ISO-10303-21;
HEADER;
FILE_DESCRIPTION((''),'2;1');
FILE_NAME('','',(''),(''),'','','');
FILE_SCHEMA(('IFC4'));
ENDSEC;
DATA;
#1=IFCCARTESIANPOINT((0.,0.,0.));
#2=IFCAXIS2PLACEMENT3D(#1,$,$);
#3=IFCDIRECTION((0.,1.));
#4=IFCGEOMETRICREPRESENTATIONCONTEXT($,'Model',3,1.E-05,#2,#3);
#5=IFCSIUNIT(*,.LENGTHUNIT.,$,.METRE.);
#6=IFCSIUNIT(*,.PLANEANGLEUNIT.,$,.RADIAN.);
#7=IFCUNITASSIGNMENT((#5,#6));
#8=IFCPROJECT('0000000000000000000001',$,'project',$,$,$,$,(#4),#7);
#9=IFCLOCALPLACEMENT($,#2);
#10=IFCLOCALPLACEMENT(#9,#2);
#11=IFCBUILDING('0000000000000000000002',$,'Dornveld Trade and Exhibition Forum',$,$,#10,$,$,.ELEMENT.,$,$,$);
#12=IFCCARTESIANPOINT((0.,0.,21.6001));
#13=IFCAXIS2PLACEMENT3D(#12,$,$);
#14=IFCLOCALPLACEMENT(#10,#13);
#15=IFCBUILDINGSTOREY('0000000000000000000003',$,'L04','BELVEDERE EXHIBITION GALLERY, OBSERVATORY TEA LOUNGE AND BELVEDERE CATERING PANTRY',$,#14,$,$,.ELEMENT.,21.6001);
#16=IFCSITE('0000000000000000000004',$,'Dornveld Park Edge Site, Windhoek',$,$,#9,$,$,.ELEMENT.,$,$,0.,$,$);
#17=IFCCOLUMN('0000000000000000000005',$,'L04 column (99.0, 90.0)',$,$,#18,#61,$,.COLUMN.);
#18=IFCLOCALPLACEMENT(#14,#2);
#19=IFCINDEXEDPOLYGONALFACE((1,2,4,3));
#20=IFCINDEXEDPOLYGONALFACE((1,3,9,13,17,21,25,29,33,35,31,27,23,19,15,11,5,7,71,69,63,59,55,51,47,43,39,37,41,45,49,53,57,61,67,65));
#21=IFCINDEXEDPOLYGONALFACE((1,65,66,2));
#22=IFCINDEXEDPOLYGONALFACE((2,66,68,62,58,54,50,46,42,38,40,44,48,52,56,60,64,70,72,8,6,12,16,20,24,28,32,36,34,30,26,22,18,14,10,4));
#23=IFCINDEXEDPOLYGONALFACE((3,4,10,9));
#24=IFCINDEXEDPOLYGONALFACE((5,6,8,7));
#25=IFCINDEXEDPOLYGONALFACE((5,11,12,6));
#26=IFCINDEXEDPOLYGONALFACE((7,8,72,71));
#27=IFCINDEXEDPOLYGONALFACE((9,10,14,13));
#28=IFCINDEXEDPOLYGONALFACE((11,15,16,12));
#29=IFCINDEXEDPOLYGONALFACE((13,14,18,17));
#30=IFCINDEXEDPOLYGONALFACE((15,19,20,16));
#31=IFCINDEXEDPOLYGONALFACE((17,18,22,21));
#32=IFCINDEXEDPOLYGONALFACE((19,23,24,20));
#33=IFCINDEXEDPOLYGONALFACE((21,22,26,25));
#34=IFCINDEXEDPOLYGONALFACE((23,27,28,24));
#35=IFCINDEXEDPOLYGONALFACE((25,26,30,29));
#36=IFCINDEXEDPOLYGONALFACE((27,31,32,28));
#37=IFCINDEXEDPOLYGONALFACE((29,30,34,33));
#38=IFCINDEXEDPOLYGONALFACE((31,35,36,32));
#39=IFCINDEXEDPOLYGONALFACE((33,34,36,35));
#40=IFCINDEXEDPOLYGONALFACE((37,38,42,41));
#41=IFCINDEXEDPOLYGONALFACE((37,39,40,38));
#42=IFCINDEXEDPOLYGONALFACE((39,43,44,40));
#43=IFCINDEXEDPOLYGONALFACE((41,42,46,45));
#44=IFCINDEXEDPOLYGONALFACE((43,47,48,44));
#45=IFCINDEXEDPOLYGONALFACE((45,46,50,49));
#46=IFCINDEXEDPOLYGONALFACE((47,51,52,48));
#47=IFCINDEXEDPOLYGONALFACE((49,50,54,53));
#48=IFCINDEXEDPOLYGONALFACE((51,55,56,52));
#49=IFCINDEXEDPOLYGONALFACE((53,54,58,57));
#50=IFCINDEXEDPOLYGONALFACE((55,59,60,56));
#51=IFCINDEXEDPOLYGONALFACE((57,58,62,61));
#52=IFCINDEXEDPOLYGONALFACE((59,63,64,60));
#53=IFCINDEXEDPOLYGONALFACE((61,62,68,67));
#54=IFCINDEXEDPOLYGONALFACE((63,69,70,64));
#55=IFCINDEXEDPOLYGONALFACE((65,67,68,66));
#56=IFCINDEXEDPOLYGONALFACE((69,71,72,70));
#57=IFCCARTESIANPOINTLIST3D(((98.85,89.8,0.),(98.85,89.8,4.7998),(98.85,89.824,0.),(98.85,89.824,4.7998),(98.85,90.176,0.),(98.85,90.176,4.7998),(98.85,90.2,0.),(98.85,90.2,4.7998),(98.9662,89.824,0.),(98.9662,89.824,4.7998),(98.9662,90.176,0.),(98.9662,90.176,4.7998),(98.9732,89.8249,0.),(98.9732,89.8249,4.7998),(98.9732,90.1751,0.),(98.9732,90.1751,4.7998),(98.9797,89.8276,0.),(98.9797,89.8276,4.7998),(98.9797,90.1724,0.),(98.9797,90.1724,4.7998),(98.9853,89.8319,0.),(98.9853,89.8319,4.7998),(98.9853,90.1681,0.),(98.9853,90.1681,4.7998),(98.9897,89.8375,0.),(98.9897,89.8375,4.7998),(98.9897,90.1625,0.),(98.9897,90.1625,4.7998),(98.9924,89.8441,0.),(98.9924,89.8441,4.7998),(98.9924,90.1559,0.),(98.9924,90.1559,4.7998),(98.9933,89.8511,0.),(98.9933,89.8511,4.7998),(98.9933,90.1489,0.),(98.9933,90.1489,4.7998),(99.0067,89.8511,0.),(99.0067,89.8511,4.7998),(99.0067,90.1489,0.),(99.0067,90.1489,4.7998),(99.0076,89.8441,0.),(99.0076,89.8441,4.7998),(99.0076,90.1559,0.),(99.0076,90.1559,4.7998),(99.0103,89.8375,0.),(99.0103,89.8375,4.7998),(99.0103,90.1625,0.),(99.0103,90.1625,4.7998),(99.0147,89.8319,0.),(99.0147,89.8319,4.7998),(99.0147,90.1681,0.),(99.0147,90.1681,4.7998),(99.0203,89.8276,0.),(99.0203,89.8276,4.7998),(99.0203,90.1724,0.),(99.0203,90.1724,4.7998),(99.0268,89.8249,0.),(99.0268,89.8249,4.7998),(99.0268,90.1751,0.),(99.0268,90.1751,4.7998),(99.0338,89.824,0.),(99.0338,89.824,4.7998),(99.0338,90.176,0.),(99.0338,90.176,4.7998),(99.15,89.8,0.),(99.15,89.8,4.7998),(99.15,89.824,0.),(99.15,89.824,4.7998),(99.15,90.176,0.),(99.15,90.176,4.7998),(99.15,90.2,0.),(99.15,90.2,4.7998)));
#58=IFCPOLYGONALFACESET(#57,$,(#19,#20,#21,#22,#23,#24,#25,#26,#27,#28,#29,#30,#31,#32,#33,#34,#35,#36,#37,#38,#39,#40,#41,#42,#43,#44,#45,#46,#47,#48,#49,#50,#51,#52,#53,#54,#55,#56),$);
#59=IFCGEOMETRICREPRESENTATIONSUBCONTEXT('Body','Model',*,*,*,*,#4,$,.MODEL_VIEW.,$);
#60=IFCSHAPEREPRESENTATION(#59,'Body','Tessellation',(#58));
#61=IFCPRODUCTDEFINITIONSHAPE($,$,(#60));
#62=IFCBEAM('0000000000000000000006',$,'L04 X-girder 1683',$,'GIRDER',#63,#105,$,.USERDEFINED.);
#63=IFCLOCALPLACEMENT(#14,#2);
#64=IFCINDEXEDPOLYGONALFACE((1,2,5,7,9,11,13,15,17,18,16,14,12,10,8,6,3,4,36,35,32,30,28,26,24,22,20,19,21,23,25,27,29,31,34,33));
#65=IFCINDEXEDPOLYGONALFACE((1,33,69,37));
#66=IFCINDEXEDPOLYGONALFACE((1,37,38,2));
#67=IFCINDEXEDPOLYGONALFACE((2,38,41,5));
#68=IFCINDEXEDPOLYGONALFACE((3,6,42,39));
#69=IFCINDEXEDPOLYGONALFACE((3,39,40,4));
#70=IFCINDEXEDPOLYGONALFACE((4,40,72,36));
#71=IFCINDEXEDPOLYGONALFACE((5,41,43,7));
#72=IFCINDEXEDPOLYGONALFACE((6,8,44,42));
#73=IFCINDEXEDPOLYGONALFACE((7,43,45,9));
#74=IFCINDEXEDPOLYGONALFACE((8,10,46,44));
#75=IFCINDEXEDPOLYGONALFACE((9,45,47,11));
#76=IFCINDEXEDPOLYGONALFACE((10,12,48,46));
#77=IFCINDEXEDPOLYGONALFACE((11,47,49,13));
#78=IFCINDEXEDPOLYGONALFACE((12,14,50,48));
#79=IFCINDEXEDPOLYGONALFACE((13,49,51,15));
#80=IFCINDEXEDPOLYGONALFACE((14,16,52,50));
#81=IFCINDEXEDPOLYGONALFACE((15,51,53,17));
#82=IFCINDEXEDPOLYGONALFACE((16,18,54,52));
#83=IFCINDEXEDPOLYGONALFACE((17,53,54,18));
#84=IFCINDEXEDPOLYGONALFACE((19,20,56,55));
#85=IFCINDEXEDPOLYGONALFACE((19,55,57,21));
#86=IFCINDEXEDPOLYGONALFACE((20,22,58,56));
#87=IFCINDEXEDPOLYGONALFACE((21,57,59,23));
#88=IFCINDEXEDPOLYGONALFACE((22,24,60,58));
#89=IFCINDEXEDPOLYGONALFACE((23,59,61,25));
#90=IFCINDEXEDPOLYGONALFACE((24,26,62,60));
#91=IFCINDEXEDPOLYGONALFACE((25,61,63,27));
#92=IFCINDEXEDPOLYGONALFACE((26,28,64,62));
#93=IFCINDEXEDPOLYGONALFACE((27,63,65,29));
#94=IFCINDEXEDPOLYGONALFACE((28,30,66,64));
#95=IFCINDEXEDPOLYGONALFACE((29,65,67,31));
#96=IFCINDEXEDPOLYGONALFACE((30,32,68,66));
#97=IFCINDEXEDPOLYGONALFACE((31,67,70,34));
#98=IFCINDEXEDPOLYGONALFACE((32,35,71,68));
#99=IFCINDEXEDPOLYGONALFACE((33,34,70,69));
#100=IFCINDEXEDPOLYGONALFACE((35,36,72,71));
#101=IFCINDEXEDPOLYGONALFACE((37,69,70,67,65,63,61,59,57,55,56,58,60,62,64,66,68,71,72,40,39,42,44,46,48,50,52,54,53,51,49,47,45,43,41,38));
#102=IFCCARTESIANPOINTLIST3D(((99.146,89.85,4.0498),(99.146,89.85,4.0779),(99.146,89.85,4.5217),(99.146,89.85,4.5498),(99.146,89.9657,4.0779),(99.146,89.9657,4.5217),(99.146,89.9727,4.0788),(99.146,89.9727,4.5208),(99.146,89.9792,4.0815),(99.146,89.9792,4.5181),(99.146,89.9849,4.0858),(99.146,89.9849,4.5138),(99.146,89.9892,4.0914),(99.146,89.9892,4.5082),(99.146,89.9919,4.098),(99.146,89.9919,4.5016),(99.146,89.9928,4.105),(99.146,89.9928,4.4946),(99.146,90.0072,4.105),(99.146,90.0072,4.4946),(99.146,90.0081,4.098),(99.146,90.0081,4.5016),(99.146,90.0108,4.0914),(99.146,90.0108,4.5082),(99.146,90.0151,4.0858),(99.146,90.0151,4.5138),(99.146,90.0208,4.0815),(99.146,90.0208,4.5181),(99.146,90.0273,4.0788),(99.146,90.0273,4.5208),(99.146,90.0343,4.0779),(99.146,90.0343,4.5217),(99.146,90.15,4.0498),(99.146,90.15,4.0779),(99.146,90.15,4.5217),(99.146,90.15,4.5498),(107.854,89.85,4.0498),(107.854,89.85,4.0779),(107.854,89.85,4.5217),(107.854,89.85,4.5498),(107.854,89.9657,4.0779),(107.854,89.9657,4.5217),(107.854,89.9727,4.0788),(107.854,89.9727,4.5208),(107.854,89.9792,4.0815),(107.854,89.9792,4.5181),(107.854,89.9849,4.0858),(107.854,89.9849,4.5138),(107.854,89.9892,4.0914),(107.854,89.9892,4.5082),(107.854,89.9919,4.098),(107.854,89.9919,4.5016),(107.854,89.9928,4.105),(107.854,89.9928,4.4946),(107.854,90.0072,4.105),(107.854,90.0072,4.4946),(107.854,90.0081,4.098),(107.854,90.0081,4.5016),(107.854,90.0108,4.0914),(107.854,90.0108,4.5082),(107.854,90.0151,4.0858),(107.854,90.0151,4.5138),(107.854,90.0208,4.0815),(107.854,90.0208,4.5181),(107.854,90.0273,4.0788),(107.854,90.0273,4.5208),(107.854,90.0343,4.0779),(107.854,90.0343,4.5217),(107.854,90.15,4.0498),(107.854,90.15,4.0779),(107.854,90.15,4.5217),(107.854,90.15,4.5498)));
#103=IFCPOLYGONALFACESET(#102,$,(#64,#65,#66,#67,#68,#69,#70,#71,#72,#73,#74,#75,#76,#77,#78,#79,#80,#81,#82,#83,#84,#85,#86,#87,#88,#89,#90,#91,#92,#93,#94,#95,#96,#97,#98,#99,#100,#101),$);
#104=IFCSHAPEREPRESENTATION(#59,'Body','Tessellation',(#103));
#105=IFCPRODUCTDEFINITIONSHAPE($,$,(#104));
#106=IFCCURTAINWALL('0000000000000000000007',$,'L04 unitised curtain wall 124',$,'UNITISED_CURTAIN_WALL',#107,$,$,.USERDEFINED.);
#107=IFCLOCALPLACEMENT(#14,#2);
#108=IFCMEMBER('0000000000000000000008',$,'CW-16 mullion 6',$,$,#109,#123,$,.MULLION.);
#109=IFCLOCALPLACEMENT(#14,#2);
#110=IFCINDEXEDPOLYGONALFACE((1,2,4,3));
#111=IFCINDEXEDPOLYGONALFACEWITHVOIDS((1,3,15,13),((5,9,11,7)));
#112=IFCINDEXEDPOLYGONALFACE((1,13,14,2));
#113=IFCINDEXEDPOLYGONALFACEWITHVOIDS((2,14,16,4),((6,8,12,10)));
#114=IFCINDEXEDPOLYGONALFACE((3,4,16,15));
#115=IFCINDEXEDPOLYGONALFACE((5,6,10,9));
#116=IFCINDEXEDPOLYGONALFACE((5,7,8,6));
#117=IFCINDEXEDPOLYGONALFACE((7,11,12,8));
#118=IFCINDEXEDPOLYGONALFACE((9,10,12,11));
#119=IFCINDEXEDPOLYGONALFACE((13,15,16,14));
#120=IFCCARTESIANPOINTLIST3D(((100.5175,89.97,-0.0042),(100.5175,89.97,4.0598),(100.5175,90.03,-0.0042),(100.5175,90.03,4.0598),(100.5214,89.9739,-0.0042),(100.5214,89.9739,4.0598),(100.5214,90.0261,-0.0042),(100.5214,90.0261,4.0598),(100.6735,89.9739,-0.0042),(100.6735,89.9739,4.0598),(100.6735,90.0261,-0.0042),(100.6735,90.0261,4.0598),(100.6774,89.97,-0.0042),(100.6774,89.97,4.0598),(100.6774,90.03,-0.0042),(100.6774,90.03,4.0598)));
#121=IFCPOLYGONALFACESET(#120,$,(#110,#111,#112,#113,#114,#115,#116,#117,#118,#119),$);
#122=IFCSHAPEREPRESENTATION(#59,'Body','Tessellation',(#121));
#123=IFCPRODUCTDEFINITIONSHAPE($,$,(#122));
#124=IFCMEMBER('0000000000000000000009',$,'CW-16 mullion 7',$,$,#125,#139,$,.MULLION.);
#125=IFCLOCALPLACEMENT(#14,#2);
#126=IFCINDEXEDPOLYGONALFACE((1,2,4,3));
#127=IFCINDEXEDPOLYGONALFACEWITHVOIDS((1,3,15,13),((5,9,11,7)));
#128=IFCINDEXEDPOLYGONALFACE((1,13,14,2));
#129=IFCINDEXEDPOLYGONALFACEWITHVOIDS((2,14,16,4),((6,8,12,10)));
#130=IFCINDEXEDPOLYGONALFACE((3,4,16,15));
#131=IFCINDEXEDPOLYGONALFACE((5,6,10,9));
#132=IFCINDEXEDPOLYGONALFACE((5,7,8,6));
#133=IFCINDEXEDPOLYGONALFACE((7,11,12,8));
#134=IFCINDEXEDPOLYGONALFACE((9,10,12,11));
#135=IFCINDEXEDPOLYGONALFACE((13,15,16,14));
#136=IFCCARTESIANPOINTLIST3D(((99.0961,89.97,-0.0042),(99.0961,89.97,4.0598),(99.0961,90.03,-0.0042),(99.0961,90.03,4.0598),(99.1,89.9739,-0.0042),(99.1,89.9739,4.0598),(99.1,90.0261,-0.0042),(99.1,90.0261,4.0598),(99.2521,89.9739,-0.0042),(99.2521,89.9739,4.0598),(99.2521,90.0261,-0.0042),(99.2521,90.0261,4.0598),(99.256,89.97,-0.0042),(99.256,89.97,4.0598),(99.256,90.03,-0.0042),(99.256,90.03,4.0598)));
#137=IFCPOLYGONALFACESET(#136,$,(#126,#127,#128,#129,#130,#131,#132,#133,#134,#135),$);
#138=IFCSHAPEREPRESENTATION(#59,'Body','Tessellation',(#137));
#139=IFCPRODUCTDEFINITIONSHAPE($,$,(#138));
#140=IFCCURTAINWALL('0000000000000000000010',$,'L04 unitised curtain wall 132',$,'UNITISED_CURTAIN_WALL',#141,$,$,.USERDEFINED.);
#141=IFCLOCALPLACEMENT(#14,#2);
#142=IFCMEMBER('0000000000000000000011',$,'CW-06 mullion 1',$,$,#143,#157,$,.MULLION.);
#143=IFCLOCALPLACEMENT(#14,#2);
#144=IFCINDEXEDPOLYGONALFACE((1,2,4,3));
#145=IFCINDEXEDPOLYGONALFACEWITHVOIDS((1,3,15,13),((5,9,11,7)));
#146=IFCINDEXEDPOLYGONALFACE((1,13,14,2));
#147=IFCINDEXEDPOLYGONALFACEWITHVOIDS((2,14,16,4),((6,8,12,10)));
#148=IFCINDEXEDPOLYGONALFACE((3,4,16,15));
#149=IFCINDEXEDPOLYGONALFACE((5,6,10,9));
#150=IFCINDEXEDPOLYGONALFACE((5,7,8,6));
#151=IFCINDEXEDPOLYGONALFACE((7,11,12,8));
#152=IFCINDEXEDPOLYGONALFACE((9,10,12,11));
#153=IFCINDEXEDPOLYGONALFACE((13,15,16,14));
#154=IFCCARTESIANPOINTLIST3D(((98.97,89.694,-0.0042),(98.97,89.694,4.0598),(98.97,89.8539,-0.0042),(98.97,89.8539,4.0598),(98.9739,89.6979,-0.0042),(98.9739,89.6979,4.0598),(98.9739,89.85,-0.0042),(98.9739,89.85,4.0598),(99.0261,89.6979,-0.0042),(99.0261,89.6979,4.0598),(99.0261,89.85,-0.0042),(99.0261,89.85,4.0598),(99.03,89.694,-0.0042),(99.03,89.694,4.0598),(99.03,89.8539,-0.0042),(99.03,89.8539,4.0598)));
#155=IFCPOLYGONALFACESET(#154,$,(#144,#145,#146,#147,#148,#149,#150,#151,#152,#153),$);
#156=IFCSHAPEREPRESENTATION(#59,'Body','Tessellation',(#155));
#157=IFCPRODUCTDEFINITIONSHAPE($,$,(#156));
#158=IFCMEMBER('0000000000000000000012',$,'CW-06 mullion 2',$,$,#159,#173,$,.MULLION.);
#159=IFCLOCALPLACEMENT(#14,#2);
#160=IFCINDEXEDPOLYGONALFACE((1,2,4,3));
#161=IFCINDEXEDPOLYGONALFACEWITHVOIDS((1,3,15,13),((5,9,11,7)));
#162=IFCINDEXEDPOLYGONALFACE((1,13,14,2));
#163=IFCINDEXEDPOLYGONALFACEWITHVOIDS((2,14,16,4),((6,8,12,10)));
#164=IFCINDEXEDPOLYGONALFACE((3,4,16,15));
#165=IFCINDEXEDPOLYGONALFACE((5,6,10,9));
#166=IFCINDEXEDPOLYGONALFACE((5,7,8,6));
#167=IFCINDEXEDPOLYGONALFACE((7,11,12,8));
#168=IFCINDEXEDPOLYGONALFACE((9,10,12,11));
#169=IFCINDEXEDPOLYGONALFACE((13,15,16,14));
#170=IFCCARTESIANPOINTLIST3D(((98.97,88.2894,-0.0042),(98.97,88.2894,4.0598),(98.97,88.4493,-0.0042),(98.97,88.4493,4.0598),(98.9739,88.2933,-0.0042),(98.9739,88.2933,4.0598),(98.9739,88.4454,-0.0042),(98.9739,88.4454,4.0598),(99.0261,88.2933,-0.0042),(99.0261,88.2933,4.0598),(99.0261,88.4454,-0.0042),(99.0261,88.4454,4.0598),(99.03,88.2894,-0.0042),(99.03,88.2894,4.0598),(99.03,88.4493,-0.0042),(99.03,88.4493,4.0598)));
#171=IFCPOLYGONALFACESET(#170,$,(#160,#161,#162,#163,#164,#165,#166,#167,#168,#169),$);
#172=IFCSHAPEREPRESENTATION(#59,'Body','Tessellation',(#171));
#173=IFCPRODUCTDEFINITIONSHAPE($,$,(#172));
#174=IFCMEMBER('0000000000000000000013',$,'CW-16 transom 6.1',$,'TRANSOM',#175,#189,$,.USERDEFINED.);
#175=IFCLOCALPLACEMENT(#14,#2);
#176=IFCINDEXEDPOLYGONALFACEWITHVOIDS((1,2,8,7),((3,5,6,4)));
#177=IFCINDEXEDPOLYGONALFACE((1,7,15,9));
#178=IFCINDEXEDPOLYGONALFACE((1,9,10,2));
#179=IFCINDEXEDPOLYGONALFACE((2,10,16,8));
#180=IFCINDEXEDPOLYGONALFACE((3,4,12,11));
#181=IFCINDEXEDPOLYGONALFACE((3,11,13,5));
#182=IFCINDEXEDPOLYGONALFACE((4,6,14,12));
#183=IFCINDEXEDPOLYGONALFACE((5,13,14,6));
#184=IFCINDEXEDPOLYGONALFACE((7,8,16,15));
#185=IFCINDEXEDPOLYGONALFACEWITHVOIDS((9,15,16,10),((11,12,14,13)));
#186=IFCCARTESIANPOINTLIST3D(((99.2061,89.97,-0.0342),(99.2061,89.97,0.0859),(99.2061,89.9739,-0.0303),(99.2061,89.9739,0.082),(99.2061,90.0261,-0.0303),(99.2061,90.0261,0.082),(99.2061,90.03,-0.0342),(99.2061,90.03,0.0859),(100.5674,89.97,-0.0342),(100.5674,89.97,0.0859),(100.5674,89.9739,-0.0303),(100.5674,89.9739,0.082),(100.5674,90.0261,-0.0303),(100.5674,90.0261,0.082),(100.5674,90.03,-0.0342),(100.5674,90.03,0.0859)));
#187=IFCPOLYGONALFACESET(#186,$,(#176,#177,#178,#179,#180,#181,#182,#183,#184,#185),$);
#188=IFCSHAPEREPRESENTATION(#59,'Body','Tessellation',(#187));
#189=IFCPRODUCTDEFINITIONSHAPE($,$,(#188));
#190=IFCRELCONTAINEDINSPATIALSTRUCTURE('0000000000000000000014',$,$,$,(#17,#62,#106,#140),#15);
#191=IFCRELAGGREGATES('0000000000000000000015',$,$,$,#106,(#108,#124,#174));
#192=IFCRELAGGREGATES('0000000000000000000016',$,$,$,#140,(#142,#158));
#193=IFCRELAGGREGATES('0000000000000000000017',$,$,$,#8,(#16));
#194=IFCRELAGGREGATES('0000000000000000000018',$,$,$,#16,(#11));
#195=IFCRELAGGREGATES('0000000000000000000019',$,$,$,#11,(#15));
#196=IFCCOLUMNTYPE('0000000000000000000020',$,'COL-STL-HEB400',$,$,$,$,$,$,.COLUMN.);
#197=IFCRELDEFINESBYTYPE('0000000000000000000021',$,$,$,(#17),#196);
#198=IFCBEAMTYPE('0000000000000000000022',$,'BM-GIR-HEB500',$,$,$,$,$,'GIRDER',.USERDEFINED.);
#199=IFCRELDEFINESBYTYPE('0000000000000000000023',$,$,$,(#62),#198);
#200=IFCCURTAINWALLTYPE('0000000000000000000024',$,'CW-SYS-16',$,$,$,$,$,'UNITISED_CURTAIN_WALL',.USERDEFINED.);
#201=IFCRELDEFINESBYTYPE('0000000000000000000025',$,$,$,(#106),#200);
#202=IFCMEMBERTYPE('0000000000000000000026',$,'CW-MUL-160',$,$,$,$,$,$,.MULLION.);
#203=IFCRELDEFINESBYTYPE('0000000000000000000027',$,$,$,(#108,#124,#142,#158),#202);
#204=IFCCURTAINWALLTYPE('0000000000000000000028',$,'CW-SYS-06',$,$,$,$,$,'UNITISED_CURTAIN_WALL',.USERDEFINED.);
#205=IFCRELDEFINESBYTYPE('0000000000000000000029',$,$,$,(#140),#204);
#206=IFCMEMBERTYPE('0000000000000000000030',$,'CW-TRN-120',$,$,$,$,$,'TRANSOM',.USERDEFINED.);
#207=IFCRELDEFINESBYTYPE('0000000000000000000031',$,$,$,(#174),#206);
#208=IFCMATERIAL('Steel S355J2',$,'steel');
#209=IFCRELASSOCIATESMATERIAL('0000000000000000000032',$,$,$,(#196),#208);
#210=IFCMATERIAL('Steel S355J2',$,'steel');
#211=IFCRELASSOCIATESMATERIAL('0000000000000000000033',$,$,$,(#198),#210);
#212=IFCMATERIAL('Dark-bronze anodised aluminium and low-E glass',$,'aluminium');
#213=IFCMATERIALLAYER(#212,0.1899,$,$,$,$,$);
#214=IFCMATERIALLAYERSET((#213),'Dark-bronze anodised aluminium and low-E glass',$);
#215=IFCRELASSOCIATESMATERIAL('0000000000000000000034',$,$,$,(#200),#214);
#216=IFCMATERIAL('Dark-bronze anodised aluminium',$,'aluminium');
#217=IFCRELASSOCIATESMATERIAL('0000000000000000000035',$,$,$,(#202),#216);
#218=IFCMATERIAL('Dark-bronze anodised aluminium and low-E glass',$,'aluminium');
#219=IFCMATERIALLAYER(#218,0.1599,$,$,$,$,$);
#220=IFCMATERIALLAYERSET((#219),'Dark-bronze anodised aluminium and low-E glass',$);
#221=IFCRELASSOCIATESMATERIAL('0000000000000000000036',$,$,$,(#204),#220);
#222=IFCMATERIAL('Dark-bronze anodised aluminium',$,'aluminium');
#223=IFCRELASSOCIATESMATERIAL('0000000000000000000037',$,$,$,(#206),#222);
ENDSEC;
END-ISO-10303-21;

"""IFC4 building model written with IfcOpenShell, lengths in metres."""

from ifc_helpers import new_model, si_unit, direction, frame, origin, origin_2d, place, context, subcontext, project, spatial, hollow_rectangle, i_section, extrude, material, layer, layer_set, material_profile, profile_set, type_object, element, aggregate, save


model = new_model("IFC4")

# Units and contexts
model_context = context("Model", 3, precision=1e-05, world=origin(), true_north=direction((0.0, 1.0)))
body_context = subcontext(model_context, "Body", "Model", "MODEL_VIEW")
ifc_project = project(units=[si_unit("LENGTHUNIT", "METRE"), si_unit("PLANEANGLEUNIT", "RADIAN")], contexts=[model_context])

# Site, building, storey
site_placement = place(None, origin())
site = spatial("IfcSite", under=ifc_project, at=site_placement, Name="Dornveld Park Edge Site, Windhoek", CompositionType="ELEMENT", RefElevation=0.0)
building_placement = place(site_placement, origin())
building = spatial("IfcBuilding", under=site, at=building_placement, Name="Dornveld Trade and Exhibition Forum", CompositionType="ELEMENT")
storey_placement = place(building_placement, frame((0.0, 0.0, 21.6001)))
storey = spatial("IfcBuildingStorey", under=building, at=storey_placement, Name="L04", Description="BELVEDERE EXHIBITION GALLERY, OBSERVATORY TEA LOUNGE AND BELVEDERE CATERING PANTRY", CompositionType="ELEMENT", Elevation=21.6001)

# Column
ifc_material_1 = material(Name="Steel S355J2", Category="steel")
ifc_material_profile_1 = material_profile(ifc_material_1, i_section(OverallWidth=0.3, OverallDepth=0.3999, WebThickness=0.0134, FlangeThickness=0.0239, FilletRadius=0.0271, at=origin_2d()), Name="HEB 400")
ifc_profile_set_1 = profile_set([ifc_material_profile_1], Name="Steel S355J2")
column_type = type_object("IfcColumnType", Name="COL-STL-HEB400", PredefinedType="COLUMN", material=ifc_profile_set_1)
column_placement = place(storey_placement, frame((99.0, 90.0, 0.0), z_axis=(0.0, 0.0, 1.0), x_axis=(1.0, 0.0, 0.0)))
element("IfcColumn", 1, at=column_placement, inside=storey, type_object=column_type, Name="L04 column (99.0, 90.0)", PredefinedType="COLUMN", context=body_context, shape_type="SweptSolid", body=[
    extrude(i_section(OverallWidth=0.3, OverallDepth=0.3999, WebThickness=0.0134, FlangeThickness=0.0239, FilletRadius=0.0271, at=origin_2d()), origin(), (0.0, 0.0, 1.0), 4.7998),
])

# Beam
ifc_material_2 = material(Name="Steel S355J2", Category="steel")
ifc_material_profile_2 = material_profile(ifc_material_2, i_section(OverallWidth=0.3, OverallDepth=0.5, WebThickness=0.0144, FlangeThickness=0.0281, FilletRadius=0.0271, at=origin_2d()), Name="HEB 500")
ifc_profile_set_2 = profile_set([ifc_material_profile_2], Name="Steel S355J2")
beam_type = type_object("IfcBeamType", Name="BM-GIR-HEB500", ElementType="GIRDER", PredefinedType="USERDEFINED", material=ifc_profile_set_2)
beam_placement = place(storey_placement, frame((99.146, 90.0, 4.2998), z_axis=(1.0, 0.0, 0.0), x_axis=(0.0, 1.0, 0.0)))
element("IfcBeam", 2, at=beam_placement, inside=storey, type_object=beam_type, Name="L04 X-girder 1683", ObjectType="GIRDER", PredefinedType="USERDEFINED", context=body_context, shape_type="SweptSolid", body=[
    extrude(i_section(OverallWidth=0.3, OverallDepth=0.5, WebThickness=0.0144, FlangeThickness=0.0281, FilletRadius=0.0271, at=origin_2d()), origin(), (0.0, 0.0, 1.0), 8.708),
])

# Curtain walls, members
ifc_material_3 = material(Name="Dark-bronze anodised aluminium and low-E glass", Category="aluminium")
ifc_layer_1 = layer(ifc_material_3, 0.1899)
ifc_layer_set_1 = layer_set([ifc_layer_1], Name="Dark-bronze anodised aluminium and low-E glass")
curtain_wall_type_1 = type_object("IfcCurtainWallType", Name="CW-SYS-16", ElementType="UNITISED_CURTAIN_WALL", PredefinedType="USERDEFINED", material=ifc_layer_set_1)
curtain_wall_1_placement = place(storey_placement, origin())
curtain_wall_1 = element("IfcCurtainWall", 3, at=curtain_wall_1_placement, inside=storey, type_object=curtain_wall_type_1, Name="L04 unitised curtain wall 124", ObjectType="UNITISED_CURTAIN_WALL", PredefinedType="USERDEFINED")
ifc_material_4 = material(Name="Dark-bronze anodised aluminium", Category="aluminium")
ifc_material_profile_3 = material_profile(ifc_material_4, hollow_rectangle(XDim=0.0601, YDim=0.1599, WallThickness=0.0039, at=origin_2d()), Name="RHS 160x60x4")
ifc_profile_set_3 = profile_set([ifc_material_profile_3], Name="Dark-bronze anodised aluminium")
member_type_1 = type_object("IfcMemberType", Name="CW-MUL-160", PredefinedType="MULLION", material=ifc_profile_set_3)
member_1_placement = place(storey_placement, frame((100.5974, 90.0, -0.0042), z_axis=(0.0, 0.0, 1.0), x_axis=(0.0, -1.0, 0.0)))
member_1 = element("IfcMember", 4, at=member_1_placement, type_object=member_type_1, Name="CW-16 mullion 6", PredefinedType="MULLION", context=body_context, shape_type="SweptSolid", body=[
    extrude(hollow_rectangle(XDim=0.0601, YDim=0.1599, WallThickness=0.0039, at=origin_2d()), origin(), (0.0, 0.0, 1.0), 4.064),
])
member_2_placement = place(storey_placement, frame((99.176, 90.0, -0.0042), z_axis=(0.0, 0.0, 1.0), x_axis=(0.0, -1.0, 0.0)))
member_2 = element("IfcMember", 5, at=member_2_placement, type_object=member_type_1, Name="CW-16 mullion 7", PredefinedType="MULLION", context=body_context, shape_type="SweptSolid", body=[
    extrude(hollow_rectangle(XDim=0.0601, YDim=0.1599, WallThickness=0.0039, at=origin_2d()), origin(), (0.0, 0.0, 1.0), 4.064),
])
ifc_material_5 = material(Name="Dark-bronze anodised aluminium and low-E glass", Category="aluminium")
ifc_layer_2 = layer(ifc_material_5, 0.1599)
ifc_layer_set_2 = layer_set([ifc_layer_2], Name="Dark-bronze anodised aluminium and low-E glass")
curtain_wall_type_2 = type_object("IfcCurtainWallType", Name="CW-SYS-06", ElementType="UNITISED_CURTAIN_WALL", PredefinedType="USERDEFINED", material=ifc_layer_set_2)
curtain_wall_2_placement = place(storey_placement, origin())
curtain_wall_2 = element("IfcCurtainWall", 6, at=curtain_wall_2_placement, inside=storey, type_object=curtain_wall_type_2, Name="L04 unitised curtain wall 132", ObjectType="UNITISED_CURTAIN_WALL", PredefinedType="USERDEFINED")
member_3_placement = place(storey_placement, frame((99.0, 89.7739, -0.0042), z_axis=(0.0, 0.0, 1.0), x_axis=(1.0, 0.0, 0.0)))
member_3 = element("IfcMember", 7, at=member_3_placement, type_object=member_type_1, Name="CW-06 mullion 1", PredefinedType="MULLION", context=body_context, shape_type="SweptSolid", body=[
    extrude(hollow_rectangle(XDim=0.0601, YDim=0.1599, WallThickness=0.0039, at=origin_2d()), origin(), (0.0, 0.0, 1.0), 4.064),
])
member_4_placement = place(storey_placement, frame((99.0, 88.3694, -0.0042), z_axis=(0.0, 0.0, 1.0), x_axis=(1.0, 0.0, 0.0)))
member_4 = element("IfcMember", 8, at=member_4_placement, type_object=member_type_1, Name="CW-06 mullion 2", PredefinedType="MULLION", context=body_context, shape_type="SweptSolid", body=[
    extrude(hollow_rectangle(XDim=0.0601, YDim=0.1599, WallThickness=0.0039, at=origin_2d()), origin(), (0.0, 0.0, 1.0), 4.064),
])

# Member
ifc_material_6 = material(Name="Dark-bronze anodised aluminium", Category="aluminium")
ifc_material_profile_4 = material_profile(ifc_material_6, hollow_rectangle(XDim=0.0601, YDim=0.1201, WallThickness=0.0039, at=origin_2d()), Name="RHS 120x60x4")
ifc_profile_set_4 = profile_set([ifc_material_profile_4], Name="Dark-bronze anodised aluminium")
member_type_2 = type_object("IfcMemberType", Name="CW-TRN-120", ElementType="TRANSOM", PredefinedType="USERDEFINED", material=ifc_profile_set_4)
member_5_placement = place(storey_placement, frame((100.5674, 90.0, 0.0259), z_axis=(-1.0, 0.0, 0.0), x_axis=(0.0, -1.0, 0.0)))
member_5 = element("IfcMember", 9, at=member_5_placement, type_object=member_type_2, Name="CW-16 transom 6.1", ObjectType="TRANSOM", PredefinedType="USERDEFINED", context=body_context, shape_type="SweptSolid", body=[
    extrude(hollow_rectangle(XDim=0.0601, YDim=0.1201, WallThickness=0.0039, at=origin_2d()), origin(), (0.0, 0.0, 1.0), 1.3613),
])

aggregate(curtain_wall_1, [member_1, member_2, member_5])
aggregate(curtain_wall_2, [member_3, member_4])

save(model, "model.ifc")
